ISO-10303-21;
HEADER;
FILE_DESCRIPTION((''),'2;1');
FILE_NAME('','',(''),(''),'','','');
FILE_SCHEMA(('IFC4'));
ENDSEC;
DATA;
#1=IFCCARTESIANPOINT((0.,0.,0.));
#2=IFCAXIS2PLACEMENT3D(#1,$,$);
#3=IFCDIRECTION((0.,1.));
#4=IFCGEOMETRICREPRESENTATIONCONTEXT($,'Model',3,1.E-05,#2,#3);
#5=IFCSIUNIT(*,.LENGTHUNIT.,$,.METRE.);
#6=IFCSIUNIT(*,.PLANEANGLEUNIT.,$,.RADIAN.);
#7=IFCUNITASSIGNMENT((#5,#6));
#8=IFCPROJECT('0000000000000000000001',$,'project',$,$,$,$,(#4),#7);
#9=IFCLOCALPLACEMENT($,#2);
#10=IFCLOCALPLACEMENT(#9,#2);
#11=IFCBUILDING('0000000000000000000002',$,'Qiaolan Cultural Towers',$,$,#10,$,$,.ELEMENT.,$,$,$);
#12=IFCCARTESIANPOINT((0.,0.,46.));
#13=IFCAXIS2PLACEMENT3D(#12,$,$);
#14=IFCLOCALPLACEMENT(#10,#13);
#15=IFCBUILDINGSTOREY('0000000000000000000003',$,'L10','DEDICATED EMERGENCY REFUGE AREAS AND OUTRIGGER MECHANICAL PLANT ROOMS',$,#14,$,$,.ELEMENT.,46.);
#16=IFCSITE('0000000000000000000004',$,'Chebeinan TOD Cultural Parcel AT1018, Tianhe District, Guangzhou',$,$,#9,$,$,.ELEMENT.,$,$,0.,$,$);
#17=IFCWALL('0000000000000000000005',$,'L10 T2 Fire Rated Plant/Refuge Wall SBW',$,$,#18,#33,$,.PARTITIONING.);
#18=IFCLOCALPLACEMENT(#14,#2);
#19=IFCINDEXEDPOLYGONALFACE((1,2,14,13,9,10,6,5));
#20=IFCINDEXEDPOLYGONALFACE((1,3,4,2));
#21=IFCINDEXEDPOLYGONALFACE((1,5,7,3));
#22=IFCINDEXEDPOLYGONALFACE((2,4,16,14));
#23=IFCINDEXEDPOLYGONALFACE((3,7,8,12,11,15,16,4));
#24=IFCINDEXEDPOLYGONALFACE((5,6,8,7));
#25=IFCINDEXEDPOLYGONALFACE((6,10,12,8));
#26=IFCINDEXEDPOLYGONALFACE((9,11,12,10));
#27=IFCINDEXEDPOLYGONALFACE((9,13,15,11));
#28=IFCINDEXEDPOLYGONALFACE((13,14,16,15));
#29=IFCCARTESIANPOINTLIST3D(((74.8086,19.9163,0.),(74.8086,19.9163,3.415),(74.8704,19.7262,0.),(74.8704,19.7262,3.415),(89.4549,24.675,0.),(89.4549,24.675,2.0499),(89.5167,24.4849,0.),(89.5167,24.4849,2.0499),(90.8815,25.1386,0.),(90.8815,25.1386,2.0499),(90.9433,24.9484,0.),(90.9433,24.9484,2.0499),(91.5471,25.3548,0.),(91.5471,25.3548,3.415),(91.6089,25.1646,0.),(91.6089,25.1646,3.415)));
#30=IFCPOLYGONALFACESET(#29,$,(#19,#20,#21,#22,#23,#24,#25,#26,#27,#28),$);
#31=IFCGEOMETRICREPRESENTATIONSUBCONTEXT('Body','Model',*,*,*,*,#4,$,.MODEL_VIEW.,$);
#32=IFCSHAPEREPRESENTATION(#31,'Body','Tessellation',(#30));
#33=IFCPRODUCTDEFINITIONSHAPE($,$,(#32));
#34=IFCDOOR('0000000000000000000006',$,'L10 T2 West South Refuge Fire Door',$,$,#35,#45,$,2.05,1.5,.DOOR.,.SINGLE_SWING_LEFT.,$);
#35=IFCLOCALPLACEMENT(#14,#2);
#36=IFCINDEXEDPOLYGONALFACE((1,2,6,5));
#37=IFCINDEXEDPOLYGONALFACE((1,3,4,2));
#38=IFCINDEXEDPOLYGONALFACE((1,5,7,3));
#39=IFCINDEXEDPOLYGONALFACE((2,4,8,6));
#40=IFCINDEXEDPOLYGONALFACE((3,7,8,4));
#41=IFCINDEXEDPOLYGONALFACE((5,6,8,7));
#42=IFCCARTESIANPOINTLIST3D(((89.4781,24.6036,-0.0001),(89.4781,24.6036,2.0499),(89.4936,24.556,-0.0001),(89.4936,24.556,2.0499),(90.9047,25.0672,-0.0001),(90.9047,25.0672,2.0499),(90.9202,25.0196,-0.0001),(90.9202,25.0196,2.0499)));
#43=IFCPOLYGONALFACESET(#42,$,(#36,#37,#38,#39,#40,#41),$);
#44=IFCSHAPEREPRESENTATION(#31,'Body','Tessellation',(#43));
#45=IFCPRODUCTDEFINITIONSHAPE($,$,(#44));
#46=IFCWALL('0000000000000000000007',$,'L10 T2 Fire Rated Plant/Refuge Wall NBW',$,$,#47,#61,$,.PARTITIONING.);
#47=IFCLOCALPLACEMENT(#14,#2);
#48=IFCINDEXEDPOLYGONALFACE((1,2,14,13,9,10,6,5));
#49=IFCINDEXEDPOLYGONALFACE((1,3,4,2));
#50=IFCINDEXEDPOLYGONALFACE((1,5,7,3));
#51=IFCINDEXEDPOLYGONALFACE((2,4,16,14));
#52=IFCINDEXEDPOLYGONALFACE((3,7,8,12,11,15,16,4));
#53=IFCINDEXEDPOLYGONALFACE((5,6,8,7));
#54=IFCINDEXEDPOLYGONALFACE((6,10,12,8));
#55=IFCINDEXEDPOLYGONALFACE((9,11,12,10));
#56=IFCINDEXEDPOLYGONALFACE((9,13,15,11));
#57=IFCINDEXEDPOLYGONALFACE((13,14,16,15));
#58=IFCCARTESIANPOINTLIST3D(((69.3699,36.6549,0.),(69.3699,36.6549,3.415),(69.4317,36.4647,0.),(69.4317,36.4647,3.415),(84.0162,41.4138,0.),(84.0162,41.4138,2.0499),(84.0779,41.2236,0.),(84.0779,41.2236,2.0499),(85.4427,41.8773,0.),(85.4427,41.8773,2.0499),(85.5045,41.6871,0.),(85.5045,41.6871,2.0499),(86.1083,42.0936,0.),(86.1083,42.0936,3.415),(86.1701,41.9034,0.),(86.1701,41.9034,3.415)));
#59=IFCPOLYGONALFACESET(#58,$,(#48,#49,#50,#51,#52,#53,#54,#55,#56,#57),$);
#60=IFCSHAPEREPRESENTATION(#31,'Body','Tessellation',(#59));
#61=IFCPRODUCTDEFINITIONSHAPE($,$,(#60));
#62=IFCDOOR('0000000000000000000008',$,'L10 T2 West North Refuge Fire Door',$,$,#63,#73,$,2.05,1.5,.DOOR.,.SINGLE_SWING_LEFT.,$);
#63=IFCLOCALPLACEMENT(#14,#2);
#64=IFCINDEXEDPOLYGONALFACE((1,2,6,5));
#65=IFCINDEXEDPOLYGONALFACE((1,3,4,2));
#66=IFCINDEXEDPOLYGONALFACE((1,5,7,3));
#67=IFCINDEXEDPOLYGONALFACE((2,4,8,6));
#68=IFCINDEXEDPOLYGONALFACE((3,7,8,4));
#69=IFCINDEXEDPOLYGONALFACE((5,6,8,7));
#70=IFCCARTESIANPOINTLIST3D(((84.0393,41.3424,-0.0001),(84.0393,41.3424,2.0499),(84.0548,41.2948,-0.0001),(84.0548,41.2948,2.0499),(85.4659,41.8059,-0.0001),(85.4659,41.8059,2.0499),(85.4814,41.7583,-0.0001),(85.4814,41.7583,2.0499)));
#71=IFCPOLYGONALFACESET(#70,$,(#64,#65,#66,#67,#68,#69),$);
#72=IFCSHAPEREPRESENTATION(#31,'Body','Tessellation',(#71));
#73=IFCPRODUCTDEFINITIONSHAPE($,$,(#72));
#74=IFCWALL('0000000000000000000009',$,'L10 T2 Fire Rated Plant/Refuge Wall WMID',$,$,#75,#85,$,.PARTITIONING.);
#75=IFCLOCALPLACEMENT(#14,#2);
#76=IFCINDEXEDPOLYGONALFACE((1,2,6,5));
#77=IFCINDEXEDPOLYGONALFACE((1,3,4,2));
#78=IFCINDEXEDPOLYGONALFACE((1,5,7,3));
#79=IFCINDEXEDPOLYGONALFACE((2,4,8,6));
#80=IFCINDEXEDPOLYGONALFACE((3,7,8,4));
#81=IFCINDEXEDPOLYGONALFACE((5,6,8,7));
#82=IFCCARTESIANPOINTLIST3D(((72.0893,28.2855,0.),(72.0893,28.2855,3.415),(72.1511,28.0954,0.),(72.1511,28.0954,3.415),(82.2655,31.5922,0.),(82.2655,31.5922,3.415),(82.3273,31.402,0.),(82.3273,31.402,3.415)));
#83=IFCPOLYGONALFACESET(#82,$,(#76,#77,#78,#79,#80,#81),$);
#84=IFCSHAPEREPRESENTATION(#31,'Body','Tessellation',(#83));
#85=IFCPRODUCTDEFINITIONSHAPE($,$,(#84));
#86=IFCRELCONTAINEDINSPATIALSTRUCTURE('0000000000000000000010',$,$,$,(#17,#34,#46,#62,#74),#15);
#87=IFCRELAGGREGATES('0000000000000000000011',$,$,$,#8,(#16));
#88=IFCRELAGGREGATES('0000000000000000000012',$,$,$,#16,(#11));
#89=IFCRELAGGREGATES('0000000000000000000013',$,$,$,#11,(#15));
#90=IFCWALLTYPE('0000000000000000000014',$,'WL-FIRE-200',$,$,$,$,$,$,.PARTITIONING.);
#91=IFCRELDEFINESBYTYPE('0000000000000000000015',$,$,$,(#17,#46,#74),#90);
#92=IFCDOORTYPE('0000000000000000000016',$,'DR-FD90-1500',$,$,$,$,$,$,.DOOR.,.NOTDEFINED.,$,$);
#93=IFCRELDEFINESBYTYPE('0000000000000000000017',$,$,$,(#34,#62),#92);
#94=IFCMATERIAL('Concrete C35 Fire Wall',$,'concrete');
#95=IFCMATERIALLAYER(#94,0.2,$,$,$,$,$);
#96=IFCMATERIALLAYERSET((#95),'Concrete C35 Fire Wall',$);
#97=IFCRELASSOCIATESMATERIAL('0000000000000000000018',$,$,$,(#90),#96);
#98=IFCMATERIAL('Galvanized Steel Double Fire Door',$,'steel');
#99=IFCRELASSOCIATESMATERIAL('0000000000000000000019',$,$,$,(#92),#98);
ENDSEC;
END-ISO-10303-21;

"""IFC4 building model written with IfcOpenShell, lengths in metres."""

from ifc_helpers import new_model, si_unit, direction, frame, frame_2d, origin, place, context, subcontext, project, spatial, rectangle, extrude, material, layer, layer_set, type_object, element, fill, save


model = new_model("IFC4")

# Units and contexts
model_context = context("Model", 3, precision=1e-05, world=origin(), true_north=direction((0.0, 1.0)))
body_context = subcontext(model_context, "Body", "Model", "MODEL_VIEW")
ifc_project = project(units=[si_unit("LENGTHUNIT", "METRE"), si_unit("PLANEANGLEUNIT", "RADIAN")], contexts=[model_context])

# Site, building, storey
site_placement = place(None, origin())
site = spatial("IfcSite", under=ifc_project, at=site_placement, Name="Chebeinan TOD Cultural Parcel AT1018, Tianhe District, Guangzhou", CompositionType="ELEMENT", RefElevation=0.0)
building_placement = place(site_placement, origin())
building = spatial("IfcBuilding", under=site, at=building_placement, Name="Qiaolan Cultural Towers", CompositionType="ELEMENT")
storey_placement = place(building_placement, frame((0.0, 0.0, 46.0)))
storey = spatial("IfcBuildingStorey", under=building, at=storey_placement, Name="L10", Description="DEDICATED EMERGENCY REFUGE AREAS AND OUTRIGGER MECHANICAL PLANT ROOMS", CompositionType="ELEMENT", Elevation=46.0)

# Walls, openings, doors
ifc_material_1 = material(Name="Concrete C35 Fire Wall", Category="concrete")
ifc_layer_1 = layer(ifc_material_1, 0.2)
ifc_layer_set_1 = layer_set([ifc_layer_1], Name="Concrete C35 Fire Wall")
wall_type_1 = type_object("IfcWallType", Name="WL-FIRE-200", PredefinedType="PARTITIONING", material=ifc_layer_set_1)
wall_1_placement = place(storey_placement, frame((74.8396, 19.8213, 0.0), z_axis=(0.0, 0.0, 1.0), x_axis=(0.95106, 0.309007, 0.0)))
wall_1 = element("IfcWall", 1, at=wall_1_placement, inside=storey, type_object=wall_type_1, Name="L10 T2 Fire Rated Plant/Refuge Wall SBW", PredefinedType="PARTITIONING", context=body_context, shape_type="SweptSolid", body=[
    extrude(rectangle(XDim=17.5999, YDim=0.2, at=frame_2d((8.7998, 0.0))), origin(), (0.0, 0.0, 1.0), 3.415),
])
opening_1_placement = place(wall_1_placement, frame((15.3999, 0.0, 0.0)))
opening_1 = element("IfcOpeningElement", 2, at=opening_1_placement, cuts=wall_1, PredefinedType="OPENING", context=body_context, shape_type="SweptSolid", body=[
    extrude(rectangle(XDim=1.5, YDim=2.05, at=frame_2d((0.75, 1.0249))), frame((0.0, 0.1099, 0.0), z_axis=(0.0, -1.0, 0.0), x_axis=(1.0, 0.0, 0.0)), (0.0, 0.0, 1.0), 0.22),
])
ifc_material_2 = material(Name="Galvanized Steel Double Fire Door", Category="steel")
door_type = type_object("IfcDoorType", Name="DR-FD90-1500", OperationType="NOTDEFINED", PredefinedType="DOOR", material=ifc_material_2)
door_1_placement = place(opening_1_placement, origin())
door_1 = element("IfcDoor", 3, at=door_1_placement, inside=storey, type_object=door_type, Name="L10 T2 West South Refuge Fire Door", OperationType="SINGLE_SWING_LEFT", OverallHeight=2.05, OverallWidth=1.5, PredefinedType="DOOR", context=body_context, shape_type="SweptSolid", body=[
    extrude(rectangle(XDim=1.5, YDim=2.05, at=frame_2d((0.75, 1.0249))), frame((0.0, 0.0249, 0.0), z_axis=(0.0, -1.0, 0.0), x_axis=(1.0, 0.0, 0.0)), (0.0, 0.0, 1.0), 0.05),
])
fill(opening_1, door_1)
wall_2_placement = place(storey_placement, frame((69.4009, 36.5598, 0.0), z_axis=(0.0, 0.0, 1.0), x_axis=(0.951056, 0.309019, 0.0)))
wall_2 = element("IfcWall", 4, at=wall_2_placement, inside=storey, type_object=wall_type_1, Name="L10 T2 Fire Rated Plant/Refuge Wall NBW", PredefinedType="PARTITIONING", context=body_context, shape_type="SweptSolid", body=[
    extrude(rectangle(XDim=17.5999, YDim=0.2, at=frame_2d((8.7998, 0.0))), origin(), (0.0, 0.0, 1.0), 3.415),
])
opening_2_placement = place(wall_2_placement, frame((15.3999, 0.0, 0.0)))
opening_2 = element("IfcOpeningElement", 5, at=opening_2_placement, cuts=wall_2, PredefinedType="OPENING", context=body_context, shape_type="SweptSolid", body=[
    extrude(rectangle(XDim=1.5, YDim=2.05, at=frame_2d((0.75, 1.0249))), frame((0.0, 0.1099, 0.0), z_axis=(0.0, -1.0, 0.0), x_axis=(1.0, 0.0, 0.0)), (0.0, 0.0, 1.0), 0.22),
])
door_2_placement = place(opening_2_placement, origin())
door_2 = element("IfcDoor", 6, at=door_2_placement, inside=storey, type_object=door_type, Name="L10 T2 West North Refuge Fire Door", OperationType="SINGLE_SWING_LEFT", OverallHeight=2.05, OverallWidth=1.5, PredefinedType="DOOR", context=body_context, shape_type="SweptSolid", body=[
    extrude(rectangle(XDim=1.5, YDim=2.05, at=frame_2d((0.75, 1.0249))), frame((0.0, 0.0249, 0.0), z_axis=(0.0, -1.0, 0.0), x_axis=(1.0, 0.0, 0.0)), (0.0, 0.0, 1.0), 0.05),
])
fill(opening_2, door_2)

# Wall
wall_3_placement = place(storey_placement, frame((72.1201, 28.1904, 0.0), z_axis=(0.0, 0.0, 1.0), x_axis=(0.951052, 0.309031, 0.0)))
element("IfcWall", 7, at=wall_3_placement, inside=storey, type_object=wall_type_1, Name="L10 T2 Fire Rated Plant/Refuge Wall WMID", PredefinedType="PARTITIONING", context=body_context, shape_type="SweptSolid", body=[
    extrude(rectangle(XDim=10.7, YDim=0.2, at=frame_2d((5.3501, 0.0))), origin(), (0.0, 0.0, 1.0), 3.415),
])

save(model, "model.ifc")
